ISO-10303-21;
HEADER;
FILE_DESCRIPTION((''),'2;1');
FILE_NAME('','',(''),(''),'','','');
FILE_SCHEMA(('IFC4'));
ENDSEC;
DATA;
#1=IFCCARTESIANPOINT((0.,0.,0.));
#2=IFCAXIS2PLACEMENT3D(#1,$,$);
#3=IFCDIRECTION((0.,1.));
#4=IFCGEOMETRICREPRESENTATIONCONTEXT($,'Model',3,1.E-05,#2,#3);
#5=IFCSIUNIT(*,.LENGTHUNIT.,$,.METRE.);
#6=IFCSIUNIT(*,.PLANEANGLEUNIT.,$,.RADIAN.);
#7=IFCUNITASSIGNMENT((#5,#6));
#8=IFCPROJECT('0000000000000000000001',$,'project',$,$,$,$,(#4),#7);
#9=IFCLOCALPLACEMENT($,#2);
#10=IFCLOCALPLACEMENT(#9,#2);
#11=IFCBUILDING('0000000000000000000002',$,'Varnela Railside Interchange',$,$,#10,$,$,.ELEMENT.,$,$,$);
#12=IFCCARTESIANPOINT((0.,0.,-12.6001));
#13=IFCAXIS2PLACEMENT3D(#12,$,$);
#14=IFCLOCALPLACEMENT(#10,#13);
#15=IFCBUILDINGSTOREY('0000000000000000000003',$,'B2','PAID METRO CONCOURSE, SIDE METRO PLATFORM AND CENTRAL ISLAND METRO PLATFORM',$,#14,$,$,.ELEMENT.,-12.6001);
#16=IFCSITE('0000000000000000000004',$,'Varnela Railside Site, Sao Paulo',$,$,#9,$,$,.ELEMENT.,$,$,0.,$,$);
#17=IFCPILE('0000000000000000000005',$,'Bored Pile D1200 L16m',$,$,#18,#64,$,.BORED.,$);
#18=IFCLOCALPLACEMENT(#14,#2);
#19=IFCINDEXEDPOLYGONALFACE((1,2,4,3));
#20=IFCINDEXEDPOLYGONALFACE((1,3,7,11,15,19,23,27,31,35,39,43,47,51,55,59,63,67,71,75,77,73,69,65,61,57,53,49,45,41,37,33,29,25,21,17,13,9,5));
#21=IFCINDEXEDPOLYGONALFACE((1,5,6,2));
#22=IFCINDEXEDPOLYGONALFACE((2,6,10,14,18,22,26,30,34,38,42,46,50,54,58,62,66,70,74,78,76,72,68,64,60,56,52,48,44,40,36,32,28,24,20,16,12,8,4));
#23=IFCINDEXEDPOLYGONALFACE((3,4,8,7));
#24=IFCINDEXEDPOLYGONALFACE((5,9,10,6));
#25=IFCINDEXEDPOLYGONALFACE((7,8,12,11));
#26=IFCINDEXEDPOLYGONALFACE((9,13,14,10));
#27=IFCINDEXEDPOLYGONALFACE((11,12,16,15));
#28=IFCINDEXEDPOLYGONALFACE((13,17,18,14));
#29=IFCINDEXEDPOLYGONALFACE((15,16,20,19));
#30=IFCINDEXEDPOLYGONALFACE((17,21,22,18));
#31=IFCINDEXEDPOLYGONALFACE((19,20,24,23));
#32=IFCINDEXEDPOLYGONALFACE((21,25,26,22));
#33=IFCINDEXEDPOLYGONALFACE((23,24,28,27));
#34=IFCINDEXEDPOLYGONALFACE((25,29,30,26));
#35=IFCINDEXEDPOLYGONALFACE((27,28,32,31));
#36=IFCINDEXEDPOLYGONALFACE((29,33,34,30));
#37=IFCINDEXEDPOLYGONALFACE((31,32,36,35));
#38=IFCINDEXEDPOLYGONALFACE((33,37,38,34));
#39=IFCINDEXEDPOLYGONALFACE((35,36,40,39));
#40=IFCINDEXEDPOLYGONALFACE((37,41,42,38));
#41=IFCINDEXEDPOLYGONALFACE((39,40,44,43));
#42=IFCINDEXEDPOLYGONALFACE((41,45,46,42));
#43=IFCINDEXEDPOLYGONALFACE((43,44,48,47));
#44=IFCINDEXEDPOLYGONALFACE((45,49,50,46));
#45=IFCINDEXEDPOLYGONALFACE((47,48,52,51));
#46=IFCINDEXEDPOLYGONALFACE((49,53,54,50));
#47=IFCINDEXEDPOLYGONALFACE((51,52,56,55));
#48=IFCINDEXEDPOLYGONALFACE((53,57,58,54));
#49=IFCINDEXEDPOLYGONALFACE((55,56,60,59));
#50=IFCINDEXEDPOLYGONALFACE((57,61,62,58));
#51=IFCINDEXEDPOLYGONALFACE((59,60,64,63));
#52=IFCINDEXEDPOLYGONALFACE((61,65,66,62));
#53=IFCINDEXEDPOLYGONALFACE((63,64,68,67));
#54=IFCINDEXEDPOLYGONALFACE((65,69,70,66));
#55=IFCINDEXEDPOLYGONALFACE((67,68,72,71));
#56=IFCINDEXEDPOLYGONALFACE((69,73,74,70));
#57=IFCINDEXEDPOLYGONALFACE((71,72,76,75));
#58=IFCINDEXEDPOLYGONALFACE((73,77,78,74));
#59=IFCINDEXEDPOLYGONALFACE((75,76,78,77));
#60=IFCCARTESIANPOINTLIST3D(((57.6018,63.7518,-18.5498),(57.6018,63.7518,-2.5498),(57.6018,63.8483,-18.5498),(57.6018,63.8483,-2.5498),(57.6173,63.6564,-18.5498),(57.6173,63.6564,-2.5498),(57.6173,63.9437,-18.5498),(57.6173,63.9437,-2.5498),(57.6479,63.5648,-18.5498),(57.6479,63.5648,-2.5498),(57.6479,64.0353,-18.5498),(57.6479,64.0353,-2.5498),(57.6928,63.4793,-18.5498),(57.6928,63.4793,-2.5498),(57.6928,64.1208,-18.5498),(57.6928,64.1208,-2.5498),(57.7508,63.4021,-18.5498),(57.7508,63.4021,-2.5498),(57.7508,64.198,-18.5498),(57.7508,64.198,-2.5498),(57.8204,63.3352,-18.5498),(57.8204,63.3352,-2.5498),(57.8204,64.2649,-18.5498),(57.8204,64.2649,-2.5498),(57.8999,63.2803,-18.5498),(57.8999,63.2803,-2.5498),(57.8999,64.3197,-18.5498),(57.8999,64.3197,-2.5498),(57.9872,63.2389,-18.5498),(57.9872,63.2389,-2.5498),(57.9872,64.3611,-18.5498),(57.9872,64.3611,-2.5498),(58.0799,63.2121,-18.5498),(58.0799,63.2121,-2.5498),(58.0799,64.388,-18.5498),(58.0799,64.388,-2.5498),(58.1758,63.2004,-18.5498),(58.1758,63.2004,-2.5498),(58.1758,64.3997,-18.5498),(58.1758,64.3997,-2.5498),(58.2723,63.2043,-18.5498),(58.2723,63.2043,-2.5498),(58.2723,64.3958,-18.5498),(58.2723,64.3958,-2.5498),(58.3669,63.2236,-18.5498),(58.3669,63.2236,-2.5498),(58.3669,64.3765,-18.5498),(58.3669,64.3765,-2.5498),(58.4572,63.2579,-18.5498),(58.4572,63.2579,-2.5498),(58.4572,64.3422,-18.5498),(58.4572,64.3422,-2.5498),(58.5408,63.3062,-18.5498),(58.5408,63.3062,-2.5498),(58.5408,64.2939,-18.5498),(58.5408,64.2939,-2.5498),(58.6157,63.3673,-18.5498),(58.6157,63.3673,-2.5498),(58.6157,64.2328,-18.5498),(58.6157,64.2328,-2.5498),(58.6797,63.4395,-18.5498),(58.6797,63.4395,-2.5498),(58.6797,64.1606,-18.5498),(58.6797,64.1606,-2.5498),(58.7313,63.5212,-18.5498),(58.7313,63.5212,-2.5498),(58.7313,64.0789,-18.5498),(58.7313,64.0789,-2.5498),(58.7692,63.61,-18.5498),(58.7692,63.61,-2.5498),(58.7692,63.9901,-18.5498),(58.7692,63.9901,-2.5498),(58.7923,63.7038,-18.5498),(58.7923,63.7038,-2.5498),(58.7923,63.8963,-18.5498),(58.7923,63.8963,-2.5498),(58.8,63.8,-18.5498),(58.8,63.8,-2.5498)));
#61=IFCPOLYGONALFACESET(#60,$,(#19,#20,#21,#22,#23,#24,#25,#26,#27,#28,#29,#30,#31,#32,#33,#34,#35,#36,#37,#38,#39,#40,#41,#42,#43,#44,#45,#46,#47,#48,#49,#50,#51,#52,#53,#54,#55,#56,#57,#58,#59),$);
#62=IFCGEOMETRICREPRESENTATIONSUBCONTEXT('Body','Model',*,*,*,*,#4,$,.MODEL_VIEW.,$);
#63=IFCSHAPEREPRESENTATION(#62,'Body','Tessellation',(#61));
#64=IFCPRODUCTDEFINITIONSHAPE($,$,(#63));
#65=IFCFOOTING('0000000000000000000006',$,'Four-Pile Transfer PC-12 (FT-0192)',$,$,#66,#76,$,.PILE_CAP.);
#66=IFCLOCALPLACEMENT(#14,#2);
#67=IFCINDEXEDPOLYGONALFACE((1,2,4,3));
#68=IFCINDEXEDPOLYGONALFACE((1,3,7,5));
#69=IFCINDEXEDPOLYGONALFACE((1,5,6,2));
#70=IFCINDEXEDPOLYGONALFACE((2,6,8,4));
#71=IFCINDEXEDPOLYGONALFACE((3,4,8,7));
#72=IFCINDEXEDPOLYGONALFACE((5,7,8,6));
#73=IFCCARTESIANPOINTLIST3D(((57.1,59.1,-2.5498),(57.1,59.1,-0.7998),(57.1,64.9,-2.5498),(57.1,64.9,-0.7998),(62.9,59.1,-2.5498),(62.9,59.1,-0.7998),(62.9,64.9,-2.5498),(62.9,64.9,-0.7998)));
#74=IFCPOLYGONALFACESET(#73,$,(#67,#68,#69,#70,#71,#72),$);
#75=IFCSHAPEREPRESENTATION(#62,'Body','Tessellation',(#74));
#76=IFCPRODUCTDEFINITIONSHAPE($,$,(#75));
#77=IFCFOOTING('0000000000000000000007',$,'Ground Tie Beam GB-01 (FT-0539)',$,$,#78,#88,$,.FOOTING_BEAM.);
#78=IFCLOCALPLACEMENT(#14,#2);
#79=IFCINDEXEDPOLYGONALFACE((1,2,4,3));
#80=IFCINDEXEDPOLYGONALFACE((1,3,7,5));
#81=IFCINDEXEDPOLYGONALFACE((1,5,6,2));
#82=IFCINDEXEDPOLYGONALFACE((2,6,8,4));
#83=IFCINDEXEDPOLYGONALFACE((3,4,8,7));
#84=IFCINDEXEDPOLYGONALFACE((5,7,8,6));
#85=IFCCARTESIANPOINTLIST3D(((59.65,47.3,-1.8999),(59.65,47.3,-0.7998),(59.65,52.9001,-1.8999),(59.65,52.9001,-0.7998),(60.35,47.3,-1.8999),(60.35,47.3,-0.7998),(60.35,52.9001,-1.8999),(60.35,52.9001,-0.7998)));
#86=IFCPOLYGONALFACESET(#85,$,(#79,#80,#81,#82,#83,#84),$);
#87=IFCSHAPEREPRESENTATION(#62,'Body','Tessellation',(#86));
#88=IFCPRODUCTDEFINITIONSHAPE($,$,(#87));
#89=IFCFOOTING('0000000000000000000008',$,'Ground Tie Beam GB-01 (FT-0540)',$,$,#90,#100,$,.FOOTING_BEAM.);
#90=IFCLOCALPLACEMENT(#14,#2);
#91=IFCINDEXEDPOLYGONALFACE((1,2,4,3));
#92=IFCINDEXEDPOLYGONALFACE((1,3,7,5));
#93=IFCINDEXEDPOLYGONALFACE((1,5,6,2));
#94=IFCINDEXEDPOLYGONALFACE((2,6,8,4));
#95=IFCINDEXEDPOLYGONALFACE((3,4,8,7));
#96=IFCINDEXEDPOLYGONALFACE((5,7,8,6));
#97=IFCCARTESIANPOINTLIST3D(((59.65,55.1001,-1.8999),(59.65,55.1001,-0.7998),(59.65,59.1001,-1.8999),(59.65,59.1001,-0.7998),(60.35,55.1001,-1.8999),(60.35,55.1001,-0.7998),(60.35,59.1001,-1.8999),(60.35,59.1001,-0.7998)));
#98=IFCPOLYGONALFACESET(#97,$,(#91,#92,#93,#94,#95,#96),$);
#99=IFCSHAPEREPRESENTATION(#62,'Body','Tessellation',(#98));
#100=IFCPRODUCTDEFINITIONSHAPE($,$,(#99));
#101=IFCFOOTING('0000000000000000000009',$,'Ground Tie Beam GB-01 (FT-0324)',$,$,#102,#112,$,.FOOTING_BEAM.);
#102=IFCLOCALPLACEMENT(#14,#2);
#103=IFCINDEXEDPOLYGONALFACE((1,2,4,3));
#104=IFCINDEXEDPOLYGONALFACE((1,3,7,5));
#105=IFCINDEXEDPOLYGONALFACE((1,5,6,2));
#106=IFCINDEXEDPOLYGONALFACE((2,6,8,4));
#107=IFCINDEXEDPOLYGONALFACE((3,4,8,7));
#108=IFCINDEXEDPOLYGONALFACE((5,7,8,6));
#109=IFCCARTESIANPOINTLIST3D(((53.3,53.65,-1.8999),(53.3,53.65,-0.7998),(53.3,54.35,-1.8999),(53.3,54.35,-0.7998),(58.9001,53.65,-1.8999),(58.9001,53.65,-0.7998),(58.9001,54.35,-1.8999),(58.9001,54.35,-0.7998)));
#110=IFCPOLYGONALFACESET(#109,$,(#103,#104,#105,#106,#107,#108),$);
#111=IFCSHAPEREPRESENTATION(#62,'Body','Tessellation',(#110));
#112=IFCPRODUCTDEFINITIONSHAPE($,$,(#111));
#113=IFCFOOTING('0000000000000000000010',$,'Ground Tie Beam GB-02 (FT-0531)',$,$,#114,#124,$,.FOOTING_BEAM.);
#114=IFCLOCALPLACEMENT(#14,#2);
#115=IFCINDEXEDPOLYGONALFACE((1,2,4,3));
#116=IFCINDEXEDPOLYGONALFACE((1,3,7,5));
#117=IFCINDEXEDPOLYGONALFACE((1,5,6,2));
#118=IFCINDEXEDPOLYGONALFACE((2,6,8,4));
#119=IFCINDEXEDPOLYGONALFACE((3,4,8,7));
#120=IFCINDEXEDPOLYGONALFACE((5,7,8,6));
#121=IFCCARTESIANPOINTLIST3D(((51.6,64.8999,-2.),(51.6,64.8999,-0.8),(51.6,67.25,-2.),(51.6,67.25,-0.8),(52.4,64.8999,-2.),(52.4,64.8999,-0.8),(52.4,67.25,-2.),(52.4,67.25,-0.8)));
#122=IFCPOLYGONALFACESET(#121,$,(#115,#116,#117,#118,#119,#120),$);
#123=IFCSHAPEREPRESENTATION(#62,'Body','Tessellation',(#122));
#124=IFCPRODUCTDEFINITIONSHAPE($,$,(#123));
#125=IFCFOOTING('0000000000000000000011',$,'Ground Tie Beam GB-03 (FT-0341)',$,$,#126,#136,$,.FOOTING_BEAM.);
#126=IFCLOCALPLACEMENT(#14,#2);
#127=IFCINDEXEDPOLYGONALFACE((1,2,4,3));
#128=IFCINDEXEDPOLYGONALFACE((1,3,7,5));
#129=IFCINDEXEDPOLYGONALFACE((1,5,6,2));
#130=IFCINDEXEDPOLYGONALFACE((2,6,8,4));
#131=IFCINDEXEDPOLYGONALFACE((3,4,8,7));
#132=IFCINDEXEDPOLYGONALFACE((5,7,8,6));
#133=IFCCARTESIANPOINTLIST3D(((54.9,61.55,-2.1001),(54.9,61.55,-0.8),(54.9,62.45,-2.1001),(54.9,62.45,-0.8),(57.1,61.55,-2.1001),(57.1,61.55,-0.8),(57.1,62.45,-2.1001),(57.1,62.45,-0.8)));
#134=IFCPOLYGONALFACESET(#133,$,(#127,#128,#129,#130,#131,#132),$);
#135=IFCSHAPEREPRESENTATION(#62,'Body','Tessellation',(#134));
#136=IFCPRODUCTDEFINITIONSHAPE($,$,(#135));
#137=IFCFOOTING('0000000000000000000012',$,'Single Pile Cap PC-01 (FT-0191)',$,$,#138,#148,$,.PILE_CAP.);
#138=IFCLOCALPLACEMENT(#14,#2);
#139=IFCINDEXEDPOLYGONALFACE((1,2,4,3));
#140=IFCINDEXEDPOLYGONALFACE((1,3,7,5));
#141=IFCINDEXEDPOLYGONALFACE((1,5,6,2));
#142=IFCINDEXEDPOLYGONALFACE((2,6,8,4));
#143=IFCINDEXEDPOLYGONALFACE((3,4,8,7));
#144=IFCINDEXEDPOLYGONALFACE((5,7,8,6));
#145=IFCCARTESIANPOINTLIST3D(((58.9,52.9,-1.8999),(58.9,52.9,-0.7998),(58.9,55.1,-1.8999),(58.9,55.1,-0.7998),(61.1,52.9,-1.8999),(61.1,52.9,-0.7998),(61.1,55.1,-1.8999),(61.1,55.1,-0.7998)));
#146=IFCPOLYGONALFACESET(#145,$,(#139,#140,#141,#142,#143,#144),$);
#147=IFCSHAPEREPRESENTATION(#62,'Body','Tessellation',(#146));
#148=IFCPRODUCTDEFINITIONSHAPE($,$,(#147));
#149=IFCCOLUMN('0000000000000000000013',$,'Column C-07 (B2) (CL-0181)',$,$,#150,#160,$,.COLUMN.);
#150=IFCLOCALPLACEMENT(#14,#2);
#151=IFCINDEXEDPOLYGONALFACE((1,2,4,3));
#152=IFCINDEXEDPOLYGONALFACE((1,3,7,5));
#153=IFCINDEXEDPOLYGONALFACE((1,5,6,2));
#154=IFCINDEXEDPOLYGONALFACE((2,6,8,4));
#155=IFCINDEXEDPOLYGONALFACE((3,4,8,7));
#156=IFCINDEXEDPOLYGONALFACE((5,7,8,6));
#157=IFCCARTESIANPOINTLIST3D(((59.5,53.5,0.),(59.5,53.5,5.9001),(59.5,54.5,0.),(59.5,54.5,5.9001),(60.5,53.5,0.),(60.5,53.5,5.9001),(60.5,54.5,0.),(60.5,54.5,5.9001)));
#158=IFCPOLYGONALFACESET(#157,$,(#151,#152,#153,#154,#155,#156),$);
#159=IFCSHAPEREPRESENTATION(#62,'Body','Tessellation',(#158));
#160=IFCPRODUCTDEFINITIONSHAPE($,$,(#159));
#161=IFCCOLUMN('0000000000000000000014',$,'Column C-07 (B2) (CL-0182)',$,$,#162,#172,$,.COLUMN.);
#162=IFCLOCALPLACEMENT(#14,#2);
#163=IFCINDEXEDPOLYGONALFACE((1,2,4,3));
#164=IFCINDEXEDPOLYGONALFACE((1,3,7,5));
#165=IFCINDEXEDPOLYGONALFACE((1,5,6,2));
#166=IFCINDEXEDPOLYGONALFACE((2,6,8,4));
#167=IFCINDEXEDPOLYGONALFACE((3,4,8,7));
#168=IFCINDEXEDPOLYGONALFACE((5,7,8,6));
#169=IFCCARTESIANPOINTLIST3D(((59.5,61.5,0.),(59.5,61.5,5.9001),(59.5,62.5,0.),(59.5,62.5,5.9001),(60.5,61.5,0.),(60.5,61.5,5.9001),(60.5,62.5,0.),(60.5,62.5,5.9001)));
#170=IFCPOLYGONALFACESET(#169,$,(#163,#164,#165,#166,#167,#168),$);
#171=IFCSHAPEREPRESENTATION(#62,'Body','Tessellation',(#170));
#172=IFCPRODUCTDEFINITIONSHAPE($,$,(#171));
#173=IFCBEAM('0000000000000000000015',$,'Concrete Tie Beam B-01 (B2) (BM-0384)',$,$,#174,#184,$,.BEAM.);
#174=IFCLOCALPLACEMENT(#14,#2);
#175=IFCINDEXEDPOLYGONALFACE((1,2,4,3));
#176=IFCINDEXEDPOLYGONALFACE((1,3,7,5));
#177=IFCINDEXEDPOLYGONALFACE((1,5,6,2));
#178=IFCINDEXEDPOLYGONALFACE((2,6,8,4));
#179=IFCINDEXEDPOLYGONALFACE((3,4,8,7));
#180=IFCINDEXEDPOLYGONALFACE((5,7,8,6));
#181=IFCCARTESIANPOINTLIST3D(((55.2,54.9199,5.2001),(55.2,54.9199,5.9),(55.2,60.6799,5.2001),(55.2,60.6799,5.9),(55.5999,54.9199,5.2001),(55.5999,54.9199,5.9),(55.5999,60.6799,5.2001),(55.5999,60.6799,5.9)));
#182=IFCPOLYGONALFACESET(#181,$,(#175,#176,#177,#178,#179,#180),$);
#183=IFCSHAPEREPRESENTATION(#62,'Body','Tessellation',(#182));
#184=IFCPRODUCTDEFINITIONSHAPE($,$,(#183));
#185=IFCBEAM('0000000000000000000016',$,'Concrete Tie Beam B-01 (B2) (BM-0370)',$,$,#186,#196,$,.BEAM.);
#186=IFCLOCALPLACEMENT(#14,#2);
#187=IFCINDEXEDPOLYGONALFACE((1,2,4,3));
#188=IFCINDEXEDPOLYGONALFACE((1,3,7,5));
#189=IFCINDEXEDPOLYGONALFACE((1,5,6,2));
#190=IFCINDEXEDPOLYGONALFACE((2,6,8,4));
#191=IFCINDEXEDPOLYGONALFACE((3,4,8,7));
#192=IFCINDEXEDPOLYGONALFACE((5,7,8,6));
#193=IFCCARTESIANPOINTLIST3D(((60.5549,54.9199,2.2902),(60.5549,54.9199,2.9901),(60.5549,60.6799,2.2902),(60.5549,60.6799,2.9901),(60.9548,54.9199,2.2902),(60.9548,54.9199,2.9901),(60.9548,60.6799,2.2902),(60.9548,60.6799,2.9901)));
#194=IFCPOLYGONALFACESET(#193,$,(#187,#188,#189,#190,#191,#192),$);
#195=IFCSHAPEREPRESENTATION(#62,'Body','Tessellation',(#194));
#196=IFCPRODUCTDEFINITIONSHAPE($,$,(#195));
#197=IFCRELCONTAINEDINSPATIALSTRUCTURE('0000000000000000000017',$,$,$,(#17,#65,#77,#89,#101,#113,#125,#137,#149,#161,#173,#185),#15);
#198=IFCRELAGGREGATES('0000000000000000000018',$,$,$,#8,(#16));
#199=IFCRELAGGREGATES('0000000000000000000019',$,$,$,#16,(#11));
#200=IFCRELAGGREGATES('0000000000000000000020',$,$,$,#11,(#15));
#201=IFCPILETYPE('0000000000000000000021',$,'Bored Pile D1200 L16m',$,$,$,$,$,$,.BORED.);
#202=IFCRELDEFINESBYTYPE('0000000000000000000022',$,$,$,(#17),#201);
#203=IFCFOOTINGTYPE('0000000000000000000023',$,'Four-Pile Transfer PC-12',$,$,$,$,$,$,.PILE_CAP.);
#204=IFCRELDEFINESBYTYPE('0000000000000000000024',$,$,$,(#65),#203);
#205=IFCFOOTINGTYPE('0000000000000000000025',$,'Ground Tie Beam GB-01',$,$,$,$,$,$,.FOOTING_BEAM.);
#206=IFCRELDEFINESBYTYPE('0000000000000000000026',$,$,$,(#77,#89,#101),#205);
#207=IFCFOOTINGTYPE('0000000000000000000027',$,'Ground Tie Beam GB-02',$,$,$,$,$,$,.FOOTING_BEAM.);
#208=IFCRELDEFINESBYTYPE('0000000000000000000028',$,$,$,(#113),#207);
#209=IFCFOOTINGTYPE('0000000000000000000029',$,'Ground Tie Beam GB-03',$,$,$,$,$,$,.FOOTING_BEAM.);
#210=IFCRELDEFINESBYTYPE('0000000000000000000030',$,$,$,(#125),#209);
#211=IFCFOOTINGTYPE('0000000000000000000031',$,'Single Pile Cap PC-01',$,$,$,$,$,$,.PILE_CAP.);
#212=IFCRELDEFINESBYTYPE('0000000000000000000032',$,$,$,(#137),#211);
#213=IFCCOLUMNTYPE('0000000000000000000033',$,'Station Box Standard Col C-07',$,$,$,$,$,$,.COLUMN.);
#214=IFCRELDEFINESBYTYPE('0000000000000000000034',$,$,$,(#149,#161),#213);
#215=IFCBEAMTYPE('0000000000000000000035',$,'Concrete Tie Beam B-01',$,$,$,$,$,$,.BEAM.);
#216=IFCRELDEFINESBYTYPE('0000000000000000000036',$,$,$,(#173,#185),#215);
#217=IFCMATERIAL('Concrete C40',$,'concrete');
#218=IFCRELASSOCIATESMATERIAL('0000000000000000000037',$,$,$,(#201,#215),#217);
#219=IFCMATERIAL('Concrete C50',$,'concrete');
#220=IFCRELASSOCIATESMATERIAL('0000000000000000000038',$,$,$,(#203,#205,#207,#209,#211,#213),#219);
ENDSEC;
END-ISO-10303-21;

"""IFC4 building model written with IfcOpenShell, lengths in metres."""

from ifc_helpers import new_model, si_unit, direction, frame, origin, origin_2d, place, context, subcontext, project, spatial, rectangle, circle, extrude, material, material_profile, profile_set, type_object, element, save


model = new_model("IFC4")

# Units and contexts
model_context = context("Model", 3, precision=1e-05, world=origin(), true_north=direction((0.0, 1.0)))
body_context = subcontext(model_context, "Body", "Model", "MODEL_VIEW")
ifc_project = project(units=[si_unit("LENGTHUNIT", "METRE"), si_unit("PLANEANGLEUNIT", "RADIAN")], contexts=[model_context])

# Site, building, storey
site_placement = place(None, origin())
site = spatial("IfcSite", under=ifc_project, at=site_placement, Name="Varnela Railside Site, Sao Paulo", CompositionType="ELEMENT", RefElevation=0.0)
building_placement = place(site_placement, origin())
building = spatial("IfcBuilding", under=site, at=building_placement, Name="Varnela Railside Interchange", CompositionType="ELEMENT")
storey_placement = place(building_placement, frame((0.0, 0.0, -12.6001)))
storey = spatial("IfcBuildingStorey", under=building, at=storey_placement, Name="B2", Description="PAID METRO CONCOURSE, SIDE METRO PLATFORM AND CENTRAL ISLAND METRO PLATFORM", CompositionType="ELEMENT", Elevation=-12.6001)

# Pile
ifc_material_1 = material(Name="Concrete C40", Category="concrete")
ifc_material_profile_1 = material_profile(ifc_material_1, circle(Radius=0.6001, at=origin_2d()), Name="BORED PILE D1200")
ifc_profile_set_1 = profile_set([ifc_material_profile_1], Name="Concrete C40")
pile_type_1 = type_object("IfcPileType", Name="Bored Pile D1200 L16m", PredefinedType="BORED", material=ifc_profile_set_1)
for number, where, z_axis, x_axis, name in (
    (1, (58.2, 63.8, -2.5498), (0.0, 0.0, -1.0), (1.0, 0.0, 0.0), "Bored Pile D1200 L16m"),
):
    element("IfcPile", number, at=place(storey_placement, frame(where, z_axis=z_axis, x_axis=x_axis)), inside=storey, type_object=pile_type_1, Name=name, PredefinedType="BORED", context=body_context, shape_type="SweptSolid", body=[
        extrude(circle(Radius=0.6001, at=origin_2d()), origin(), (0.0, 0.0, 1.0), 16.0),
    ])

# Footings
ifc_material_2 = material(Name="Concrete C50", Category="concrete")
footing_type_1 = type_object("IfcFootingType", Name="Four-Pile Transfer PC-12", PredefinedType="PILE_CAP", material=ifc_material_2)
footing_1_placement = place(storey_placement, frame((60.0, 62.0, -2.5498), z_axis=(0.0, 0.0, 1.0), x_axis=(1.0, 0.0, 0.0)))
element("IfcFooting", 2, at=footing_1_placement, inside=storey, type_object=footing_type_1, Name="Four-Pile Transfer PC-12 (FT-0192)", PredefinedType="PILE_CAP", context=body_context, shape_type="SweptSolid", body=[
    extrude(rectangle(XDim=5.8, YDim=5.8, at=origin_2d()), origin(), (0.0, 0.0, 1.0), 1.75),
])
footing_type_2 = type_object("IfcFootingType", Name="Ground Tie Beam GB-01", PredefinedType="FOOTING_BEAM", material=ifc_material_2)
footing_2_placement = place(storey_placement, frame((60.0, 50.1001, -1.8999), z_axis=(0.0, 0.0, 1.0), x_axis=(1.0, 0.0, 0.0)))
element("IfcFooting", 3, at=footing_2_placement, inside=storey, type_object=footing_type_2, Name="Ground Tie Beam GB-01 (FT-0539)", PredefinedType="FOOTING_BEAM", context=body_context, shape_type="SweptSolid", body=[
    extrude(rectangle(XDim=0.7, YDim=5.6001, at=origin_2d()), origin(), (0.0, 0.0, 1.0), 1.1001),
])
footing_3_placement = place(storey_placement, frame((60.0, 57.1001, -1.8999), z_axis=(0.0, 0.0, 1.0), x_axis=(1.0, 0.0, 0.0)))
element("IfcFooting", 4, at=footing_3_placement, inside=storey, type_object=footing_type_2, Name="Ground Tie Beam GB-01 (FT-0540)", PredefinedType="FOOTING_BEAM", context=body_context, shape_type="SweptSolid", body=[
    extrude(rectangle(XDim=0.7, YDim=4.0, at=origin_2d()), origin(), (0.0, 0.0, 1.0), 1.1001),
])
footing_4_placement = place(storey_placement, frame((56.1001, 54.0, -1.8999), z_axis=(0.0, 0.0, 1.0), x_axis=(1.0, 0.0, 0.0)))
element("IfcFooting", 5, at=footing_4_placement, inside=storey, type_object=footing_type_2, Name="Ground Tie Beam GB-01 (FT-0324)", PredefinedType="FOOTING_BEAM", context=body_context, shape_type="SweptSolid", body=[
    extrude(rectangle(XDim=5.6001, YDim=0.7, at=origin_2d()), origin(), (0.0, 0.0, 1.0), 1.1001),
])
footing_type_3 = type_object("IfcFootingType", Name="Ground Tie Beam GB-02", PredefinedType="FOOTING_BEAM", material=ifc_material_2)
footing_5_placement = place(storey_placement, frame((52.0, 66.075, -2.0), z_axis=(0.0, 0.0, 1.0), x_axis=(1.0, 0.0, 0.0)))
element("IfcFooting", 6, at=footing_5_placement, inside=storey, type_object=footing_type_3, Name="Ground Tie Beam GB-02 (FT-0531)", PredefinedType="FOOTING_BEAM", context=body_context, shape_type="SweptSolid", body=[
    extrude(rectangle(XDim=0.8, YDim=2.3501, at=origin_2d()), origin(), (0.0, 0.0, 1.0), 1.2),
])
footing_type_4 = type_object("IfcFootingType", Name="Ground Tie Beam GB-03", PredefinedType="FOOTING_BEAM", material=ifc_material_2)
footing_6_placement = place(storey_placement, frame((56.0, 62.0, -2.1001), z_axis=(0.0, 0.0, 1.0), x_axis=(1.0, 0.0, 0.0)))
element("IfcFooting", 7, at=footing_6_placement, inside=storey, type_object=footing_type_4, Name="Ground Tie Beam GB-03 (FT-0341)", PredefinedType="FOOTING_BEAM", context=body_context, shape_type="SweptSolid", body=[
    extrude(rectangle(XDim=2.2, YDim=0.8999, at=origin_2d()), origin(), (0.0, 0.0, 1.0), 1.3),
])
footing_type_5 = type_object("IfcFootingType", Name="Single Pile Cap PC-01", PredefinedType="PILE_CAP", material=ifc_material_2)
footing_7_placement = place(storey_placement, frame((60.0, 54.0, -1.8999), z_axis=(0.0, 0.0, 1.0), x_axis=(1.0, 0.0, 0.0)))
element("IfcFooting", 8, at=footing_7_placement, inside=storey, type_object=footing_type_5, Name="Single Pile Cap PC-01 (FT-0191)", PredefinedType="PILE_CAP", context=body_context, shape_type="SweptSolid", body=[
    extrude(rectangle(XDim=2.2, YDim=2.2, at=origin_2d()), origin(), (0.0, 0.0, 1.0), 1.1001),
])

# Columns
ifc_material_profile_2 = material_profile(ifc_material_2, rectangle(XDim=1.0, YDim=1.0, at=origin_2d()), Name="RC 1000x1000")
ifc_profile_set_2 = profile_set([ifc_material_profile_2], Name="Concrete C50")
column_type = type_object("IfcColumnType", Name="Station Box Standard Col C-07", PredefinedType="COLUMN", material=ifc_profile_set_2)
for number, where, z_axis, x_axis, name in (
    (9, (60.0, 54.0, 0.0), (0.0, 0.0, 1.0), (1.0, 0.0, 0.0), "Column C-07 (B2) (CL-0181)"),
    (10, (60.0, 62.0, 0.0), (0.0, 0.0, 1.0), (1.0, 0.0, 0.0), "Column C-07 (B2) (CL-0182)"),
):
    element("IfcColumn", number, at=place(storey_placement, frame(where, z_axis=z_axis, x_axis=x_axis)), inside=storey, type_object=column_type, Name=name, PredefinedType="COLUMN", context=body_context, shape_type="SweptSolid", body=[
        extrude(rectangle(XDim=1.0, YDim=1.0, at=origin_2d()), origin(), (0.0, 0.0, 1.0), 5.9001),
    ])

# Beams
ifc_material_profile_3 = material_profile(ifc_material_1, rectangle(XDim=0.3999, YDim=0.7, at=origin_2d()), Name="RC 400x700")
ifc_profile_set_3 = profile_set([ifc_material_profile_3], Name="Concrete C40")
beam_type_1 = type_object("IfcBeamType", Name="Concrete Tie Beam B-01", PredefinedType="BEAM", material=ifc_profile_set_3)
for number, where, z_axis, x_axis, name in (
    (11, (55.3999, 54.9199, 5.55), (0.0, 1.0, 0.0), (-1.0, 0.0, 0.0), "Concrete Tie Beam B-01 (B2) (BM-0384)"),
    (12, (60.7549, 54.9199, 2.6401), (0.0, 1.0, 0.0), (-1.0, 0.0, 0.0), "Concrete Tie Beam B-01 (B2) (BM-0370)"),
):
    element("IfcBeam", number, at=place(storey_placement, frame(where, z_axis=z_axis, x_axis=x_axis)), inside=storey, type_object=beam_type_1, Name=name, PredefinedType="BEAM", context=body_context, shape_type="SweptSolid", body=[
        extrude(rectangle(XDim=0.3999, YDim=0.7, at=origin_2d()), origin(), (0.0, 0.0, 1.0), 5.76),
    ])

save(model, "model.ifc")
